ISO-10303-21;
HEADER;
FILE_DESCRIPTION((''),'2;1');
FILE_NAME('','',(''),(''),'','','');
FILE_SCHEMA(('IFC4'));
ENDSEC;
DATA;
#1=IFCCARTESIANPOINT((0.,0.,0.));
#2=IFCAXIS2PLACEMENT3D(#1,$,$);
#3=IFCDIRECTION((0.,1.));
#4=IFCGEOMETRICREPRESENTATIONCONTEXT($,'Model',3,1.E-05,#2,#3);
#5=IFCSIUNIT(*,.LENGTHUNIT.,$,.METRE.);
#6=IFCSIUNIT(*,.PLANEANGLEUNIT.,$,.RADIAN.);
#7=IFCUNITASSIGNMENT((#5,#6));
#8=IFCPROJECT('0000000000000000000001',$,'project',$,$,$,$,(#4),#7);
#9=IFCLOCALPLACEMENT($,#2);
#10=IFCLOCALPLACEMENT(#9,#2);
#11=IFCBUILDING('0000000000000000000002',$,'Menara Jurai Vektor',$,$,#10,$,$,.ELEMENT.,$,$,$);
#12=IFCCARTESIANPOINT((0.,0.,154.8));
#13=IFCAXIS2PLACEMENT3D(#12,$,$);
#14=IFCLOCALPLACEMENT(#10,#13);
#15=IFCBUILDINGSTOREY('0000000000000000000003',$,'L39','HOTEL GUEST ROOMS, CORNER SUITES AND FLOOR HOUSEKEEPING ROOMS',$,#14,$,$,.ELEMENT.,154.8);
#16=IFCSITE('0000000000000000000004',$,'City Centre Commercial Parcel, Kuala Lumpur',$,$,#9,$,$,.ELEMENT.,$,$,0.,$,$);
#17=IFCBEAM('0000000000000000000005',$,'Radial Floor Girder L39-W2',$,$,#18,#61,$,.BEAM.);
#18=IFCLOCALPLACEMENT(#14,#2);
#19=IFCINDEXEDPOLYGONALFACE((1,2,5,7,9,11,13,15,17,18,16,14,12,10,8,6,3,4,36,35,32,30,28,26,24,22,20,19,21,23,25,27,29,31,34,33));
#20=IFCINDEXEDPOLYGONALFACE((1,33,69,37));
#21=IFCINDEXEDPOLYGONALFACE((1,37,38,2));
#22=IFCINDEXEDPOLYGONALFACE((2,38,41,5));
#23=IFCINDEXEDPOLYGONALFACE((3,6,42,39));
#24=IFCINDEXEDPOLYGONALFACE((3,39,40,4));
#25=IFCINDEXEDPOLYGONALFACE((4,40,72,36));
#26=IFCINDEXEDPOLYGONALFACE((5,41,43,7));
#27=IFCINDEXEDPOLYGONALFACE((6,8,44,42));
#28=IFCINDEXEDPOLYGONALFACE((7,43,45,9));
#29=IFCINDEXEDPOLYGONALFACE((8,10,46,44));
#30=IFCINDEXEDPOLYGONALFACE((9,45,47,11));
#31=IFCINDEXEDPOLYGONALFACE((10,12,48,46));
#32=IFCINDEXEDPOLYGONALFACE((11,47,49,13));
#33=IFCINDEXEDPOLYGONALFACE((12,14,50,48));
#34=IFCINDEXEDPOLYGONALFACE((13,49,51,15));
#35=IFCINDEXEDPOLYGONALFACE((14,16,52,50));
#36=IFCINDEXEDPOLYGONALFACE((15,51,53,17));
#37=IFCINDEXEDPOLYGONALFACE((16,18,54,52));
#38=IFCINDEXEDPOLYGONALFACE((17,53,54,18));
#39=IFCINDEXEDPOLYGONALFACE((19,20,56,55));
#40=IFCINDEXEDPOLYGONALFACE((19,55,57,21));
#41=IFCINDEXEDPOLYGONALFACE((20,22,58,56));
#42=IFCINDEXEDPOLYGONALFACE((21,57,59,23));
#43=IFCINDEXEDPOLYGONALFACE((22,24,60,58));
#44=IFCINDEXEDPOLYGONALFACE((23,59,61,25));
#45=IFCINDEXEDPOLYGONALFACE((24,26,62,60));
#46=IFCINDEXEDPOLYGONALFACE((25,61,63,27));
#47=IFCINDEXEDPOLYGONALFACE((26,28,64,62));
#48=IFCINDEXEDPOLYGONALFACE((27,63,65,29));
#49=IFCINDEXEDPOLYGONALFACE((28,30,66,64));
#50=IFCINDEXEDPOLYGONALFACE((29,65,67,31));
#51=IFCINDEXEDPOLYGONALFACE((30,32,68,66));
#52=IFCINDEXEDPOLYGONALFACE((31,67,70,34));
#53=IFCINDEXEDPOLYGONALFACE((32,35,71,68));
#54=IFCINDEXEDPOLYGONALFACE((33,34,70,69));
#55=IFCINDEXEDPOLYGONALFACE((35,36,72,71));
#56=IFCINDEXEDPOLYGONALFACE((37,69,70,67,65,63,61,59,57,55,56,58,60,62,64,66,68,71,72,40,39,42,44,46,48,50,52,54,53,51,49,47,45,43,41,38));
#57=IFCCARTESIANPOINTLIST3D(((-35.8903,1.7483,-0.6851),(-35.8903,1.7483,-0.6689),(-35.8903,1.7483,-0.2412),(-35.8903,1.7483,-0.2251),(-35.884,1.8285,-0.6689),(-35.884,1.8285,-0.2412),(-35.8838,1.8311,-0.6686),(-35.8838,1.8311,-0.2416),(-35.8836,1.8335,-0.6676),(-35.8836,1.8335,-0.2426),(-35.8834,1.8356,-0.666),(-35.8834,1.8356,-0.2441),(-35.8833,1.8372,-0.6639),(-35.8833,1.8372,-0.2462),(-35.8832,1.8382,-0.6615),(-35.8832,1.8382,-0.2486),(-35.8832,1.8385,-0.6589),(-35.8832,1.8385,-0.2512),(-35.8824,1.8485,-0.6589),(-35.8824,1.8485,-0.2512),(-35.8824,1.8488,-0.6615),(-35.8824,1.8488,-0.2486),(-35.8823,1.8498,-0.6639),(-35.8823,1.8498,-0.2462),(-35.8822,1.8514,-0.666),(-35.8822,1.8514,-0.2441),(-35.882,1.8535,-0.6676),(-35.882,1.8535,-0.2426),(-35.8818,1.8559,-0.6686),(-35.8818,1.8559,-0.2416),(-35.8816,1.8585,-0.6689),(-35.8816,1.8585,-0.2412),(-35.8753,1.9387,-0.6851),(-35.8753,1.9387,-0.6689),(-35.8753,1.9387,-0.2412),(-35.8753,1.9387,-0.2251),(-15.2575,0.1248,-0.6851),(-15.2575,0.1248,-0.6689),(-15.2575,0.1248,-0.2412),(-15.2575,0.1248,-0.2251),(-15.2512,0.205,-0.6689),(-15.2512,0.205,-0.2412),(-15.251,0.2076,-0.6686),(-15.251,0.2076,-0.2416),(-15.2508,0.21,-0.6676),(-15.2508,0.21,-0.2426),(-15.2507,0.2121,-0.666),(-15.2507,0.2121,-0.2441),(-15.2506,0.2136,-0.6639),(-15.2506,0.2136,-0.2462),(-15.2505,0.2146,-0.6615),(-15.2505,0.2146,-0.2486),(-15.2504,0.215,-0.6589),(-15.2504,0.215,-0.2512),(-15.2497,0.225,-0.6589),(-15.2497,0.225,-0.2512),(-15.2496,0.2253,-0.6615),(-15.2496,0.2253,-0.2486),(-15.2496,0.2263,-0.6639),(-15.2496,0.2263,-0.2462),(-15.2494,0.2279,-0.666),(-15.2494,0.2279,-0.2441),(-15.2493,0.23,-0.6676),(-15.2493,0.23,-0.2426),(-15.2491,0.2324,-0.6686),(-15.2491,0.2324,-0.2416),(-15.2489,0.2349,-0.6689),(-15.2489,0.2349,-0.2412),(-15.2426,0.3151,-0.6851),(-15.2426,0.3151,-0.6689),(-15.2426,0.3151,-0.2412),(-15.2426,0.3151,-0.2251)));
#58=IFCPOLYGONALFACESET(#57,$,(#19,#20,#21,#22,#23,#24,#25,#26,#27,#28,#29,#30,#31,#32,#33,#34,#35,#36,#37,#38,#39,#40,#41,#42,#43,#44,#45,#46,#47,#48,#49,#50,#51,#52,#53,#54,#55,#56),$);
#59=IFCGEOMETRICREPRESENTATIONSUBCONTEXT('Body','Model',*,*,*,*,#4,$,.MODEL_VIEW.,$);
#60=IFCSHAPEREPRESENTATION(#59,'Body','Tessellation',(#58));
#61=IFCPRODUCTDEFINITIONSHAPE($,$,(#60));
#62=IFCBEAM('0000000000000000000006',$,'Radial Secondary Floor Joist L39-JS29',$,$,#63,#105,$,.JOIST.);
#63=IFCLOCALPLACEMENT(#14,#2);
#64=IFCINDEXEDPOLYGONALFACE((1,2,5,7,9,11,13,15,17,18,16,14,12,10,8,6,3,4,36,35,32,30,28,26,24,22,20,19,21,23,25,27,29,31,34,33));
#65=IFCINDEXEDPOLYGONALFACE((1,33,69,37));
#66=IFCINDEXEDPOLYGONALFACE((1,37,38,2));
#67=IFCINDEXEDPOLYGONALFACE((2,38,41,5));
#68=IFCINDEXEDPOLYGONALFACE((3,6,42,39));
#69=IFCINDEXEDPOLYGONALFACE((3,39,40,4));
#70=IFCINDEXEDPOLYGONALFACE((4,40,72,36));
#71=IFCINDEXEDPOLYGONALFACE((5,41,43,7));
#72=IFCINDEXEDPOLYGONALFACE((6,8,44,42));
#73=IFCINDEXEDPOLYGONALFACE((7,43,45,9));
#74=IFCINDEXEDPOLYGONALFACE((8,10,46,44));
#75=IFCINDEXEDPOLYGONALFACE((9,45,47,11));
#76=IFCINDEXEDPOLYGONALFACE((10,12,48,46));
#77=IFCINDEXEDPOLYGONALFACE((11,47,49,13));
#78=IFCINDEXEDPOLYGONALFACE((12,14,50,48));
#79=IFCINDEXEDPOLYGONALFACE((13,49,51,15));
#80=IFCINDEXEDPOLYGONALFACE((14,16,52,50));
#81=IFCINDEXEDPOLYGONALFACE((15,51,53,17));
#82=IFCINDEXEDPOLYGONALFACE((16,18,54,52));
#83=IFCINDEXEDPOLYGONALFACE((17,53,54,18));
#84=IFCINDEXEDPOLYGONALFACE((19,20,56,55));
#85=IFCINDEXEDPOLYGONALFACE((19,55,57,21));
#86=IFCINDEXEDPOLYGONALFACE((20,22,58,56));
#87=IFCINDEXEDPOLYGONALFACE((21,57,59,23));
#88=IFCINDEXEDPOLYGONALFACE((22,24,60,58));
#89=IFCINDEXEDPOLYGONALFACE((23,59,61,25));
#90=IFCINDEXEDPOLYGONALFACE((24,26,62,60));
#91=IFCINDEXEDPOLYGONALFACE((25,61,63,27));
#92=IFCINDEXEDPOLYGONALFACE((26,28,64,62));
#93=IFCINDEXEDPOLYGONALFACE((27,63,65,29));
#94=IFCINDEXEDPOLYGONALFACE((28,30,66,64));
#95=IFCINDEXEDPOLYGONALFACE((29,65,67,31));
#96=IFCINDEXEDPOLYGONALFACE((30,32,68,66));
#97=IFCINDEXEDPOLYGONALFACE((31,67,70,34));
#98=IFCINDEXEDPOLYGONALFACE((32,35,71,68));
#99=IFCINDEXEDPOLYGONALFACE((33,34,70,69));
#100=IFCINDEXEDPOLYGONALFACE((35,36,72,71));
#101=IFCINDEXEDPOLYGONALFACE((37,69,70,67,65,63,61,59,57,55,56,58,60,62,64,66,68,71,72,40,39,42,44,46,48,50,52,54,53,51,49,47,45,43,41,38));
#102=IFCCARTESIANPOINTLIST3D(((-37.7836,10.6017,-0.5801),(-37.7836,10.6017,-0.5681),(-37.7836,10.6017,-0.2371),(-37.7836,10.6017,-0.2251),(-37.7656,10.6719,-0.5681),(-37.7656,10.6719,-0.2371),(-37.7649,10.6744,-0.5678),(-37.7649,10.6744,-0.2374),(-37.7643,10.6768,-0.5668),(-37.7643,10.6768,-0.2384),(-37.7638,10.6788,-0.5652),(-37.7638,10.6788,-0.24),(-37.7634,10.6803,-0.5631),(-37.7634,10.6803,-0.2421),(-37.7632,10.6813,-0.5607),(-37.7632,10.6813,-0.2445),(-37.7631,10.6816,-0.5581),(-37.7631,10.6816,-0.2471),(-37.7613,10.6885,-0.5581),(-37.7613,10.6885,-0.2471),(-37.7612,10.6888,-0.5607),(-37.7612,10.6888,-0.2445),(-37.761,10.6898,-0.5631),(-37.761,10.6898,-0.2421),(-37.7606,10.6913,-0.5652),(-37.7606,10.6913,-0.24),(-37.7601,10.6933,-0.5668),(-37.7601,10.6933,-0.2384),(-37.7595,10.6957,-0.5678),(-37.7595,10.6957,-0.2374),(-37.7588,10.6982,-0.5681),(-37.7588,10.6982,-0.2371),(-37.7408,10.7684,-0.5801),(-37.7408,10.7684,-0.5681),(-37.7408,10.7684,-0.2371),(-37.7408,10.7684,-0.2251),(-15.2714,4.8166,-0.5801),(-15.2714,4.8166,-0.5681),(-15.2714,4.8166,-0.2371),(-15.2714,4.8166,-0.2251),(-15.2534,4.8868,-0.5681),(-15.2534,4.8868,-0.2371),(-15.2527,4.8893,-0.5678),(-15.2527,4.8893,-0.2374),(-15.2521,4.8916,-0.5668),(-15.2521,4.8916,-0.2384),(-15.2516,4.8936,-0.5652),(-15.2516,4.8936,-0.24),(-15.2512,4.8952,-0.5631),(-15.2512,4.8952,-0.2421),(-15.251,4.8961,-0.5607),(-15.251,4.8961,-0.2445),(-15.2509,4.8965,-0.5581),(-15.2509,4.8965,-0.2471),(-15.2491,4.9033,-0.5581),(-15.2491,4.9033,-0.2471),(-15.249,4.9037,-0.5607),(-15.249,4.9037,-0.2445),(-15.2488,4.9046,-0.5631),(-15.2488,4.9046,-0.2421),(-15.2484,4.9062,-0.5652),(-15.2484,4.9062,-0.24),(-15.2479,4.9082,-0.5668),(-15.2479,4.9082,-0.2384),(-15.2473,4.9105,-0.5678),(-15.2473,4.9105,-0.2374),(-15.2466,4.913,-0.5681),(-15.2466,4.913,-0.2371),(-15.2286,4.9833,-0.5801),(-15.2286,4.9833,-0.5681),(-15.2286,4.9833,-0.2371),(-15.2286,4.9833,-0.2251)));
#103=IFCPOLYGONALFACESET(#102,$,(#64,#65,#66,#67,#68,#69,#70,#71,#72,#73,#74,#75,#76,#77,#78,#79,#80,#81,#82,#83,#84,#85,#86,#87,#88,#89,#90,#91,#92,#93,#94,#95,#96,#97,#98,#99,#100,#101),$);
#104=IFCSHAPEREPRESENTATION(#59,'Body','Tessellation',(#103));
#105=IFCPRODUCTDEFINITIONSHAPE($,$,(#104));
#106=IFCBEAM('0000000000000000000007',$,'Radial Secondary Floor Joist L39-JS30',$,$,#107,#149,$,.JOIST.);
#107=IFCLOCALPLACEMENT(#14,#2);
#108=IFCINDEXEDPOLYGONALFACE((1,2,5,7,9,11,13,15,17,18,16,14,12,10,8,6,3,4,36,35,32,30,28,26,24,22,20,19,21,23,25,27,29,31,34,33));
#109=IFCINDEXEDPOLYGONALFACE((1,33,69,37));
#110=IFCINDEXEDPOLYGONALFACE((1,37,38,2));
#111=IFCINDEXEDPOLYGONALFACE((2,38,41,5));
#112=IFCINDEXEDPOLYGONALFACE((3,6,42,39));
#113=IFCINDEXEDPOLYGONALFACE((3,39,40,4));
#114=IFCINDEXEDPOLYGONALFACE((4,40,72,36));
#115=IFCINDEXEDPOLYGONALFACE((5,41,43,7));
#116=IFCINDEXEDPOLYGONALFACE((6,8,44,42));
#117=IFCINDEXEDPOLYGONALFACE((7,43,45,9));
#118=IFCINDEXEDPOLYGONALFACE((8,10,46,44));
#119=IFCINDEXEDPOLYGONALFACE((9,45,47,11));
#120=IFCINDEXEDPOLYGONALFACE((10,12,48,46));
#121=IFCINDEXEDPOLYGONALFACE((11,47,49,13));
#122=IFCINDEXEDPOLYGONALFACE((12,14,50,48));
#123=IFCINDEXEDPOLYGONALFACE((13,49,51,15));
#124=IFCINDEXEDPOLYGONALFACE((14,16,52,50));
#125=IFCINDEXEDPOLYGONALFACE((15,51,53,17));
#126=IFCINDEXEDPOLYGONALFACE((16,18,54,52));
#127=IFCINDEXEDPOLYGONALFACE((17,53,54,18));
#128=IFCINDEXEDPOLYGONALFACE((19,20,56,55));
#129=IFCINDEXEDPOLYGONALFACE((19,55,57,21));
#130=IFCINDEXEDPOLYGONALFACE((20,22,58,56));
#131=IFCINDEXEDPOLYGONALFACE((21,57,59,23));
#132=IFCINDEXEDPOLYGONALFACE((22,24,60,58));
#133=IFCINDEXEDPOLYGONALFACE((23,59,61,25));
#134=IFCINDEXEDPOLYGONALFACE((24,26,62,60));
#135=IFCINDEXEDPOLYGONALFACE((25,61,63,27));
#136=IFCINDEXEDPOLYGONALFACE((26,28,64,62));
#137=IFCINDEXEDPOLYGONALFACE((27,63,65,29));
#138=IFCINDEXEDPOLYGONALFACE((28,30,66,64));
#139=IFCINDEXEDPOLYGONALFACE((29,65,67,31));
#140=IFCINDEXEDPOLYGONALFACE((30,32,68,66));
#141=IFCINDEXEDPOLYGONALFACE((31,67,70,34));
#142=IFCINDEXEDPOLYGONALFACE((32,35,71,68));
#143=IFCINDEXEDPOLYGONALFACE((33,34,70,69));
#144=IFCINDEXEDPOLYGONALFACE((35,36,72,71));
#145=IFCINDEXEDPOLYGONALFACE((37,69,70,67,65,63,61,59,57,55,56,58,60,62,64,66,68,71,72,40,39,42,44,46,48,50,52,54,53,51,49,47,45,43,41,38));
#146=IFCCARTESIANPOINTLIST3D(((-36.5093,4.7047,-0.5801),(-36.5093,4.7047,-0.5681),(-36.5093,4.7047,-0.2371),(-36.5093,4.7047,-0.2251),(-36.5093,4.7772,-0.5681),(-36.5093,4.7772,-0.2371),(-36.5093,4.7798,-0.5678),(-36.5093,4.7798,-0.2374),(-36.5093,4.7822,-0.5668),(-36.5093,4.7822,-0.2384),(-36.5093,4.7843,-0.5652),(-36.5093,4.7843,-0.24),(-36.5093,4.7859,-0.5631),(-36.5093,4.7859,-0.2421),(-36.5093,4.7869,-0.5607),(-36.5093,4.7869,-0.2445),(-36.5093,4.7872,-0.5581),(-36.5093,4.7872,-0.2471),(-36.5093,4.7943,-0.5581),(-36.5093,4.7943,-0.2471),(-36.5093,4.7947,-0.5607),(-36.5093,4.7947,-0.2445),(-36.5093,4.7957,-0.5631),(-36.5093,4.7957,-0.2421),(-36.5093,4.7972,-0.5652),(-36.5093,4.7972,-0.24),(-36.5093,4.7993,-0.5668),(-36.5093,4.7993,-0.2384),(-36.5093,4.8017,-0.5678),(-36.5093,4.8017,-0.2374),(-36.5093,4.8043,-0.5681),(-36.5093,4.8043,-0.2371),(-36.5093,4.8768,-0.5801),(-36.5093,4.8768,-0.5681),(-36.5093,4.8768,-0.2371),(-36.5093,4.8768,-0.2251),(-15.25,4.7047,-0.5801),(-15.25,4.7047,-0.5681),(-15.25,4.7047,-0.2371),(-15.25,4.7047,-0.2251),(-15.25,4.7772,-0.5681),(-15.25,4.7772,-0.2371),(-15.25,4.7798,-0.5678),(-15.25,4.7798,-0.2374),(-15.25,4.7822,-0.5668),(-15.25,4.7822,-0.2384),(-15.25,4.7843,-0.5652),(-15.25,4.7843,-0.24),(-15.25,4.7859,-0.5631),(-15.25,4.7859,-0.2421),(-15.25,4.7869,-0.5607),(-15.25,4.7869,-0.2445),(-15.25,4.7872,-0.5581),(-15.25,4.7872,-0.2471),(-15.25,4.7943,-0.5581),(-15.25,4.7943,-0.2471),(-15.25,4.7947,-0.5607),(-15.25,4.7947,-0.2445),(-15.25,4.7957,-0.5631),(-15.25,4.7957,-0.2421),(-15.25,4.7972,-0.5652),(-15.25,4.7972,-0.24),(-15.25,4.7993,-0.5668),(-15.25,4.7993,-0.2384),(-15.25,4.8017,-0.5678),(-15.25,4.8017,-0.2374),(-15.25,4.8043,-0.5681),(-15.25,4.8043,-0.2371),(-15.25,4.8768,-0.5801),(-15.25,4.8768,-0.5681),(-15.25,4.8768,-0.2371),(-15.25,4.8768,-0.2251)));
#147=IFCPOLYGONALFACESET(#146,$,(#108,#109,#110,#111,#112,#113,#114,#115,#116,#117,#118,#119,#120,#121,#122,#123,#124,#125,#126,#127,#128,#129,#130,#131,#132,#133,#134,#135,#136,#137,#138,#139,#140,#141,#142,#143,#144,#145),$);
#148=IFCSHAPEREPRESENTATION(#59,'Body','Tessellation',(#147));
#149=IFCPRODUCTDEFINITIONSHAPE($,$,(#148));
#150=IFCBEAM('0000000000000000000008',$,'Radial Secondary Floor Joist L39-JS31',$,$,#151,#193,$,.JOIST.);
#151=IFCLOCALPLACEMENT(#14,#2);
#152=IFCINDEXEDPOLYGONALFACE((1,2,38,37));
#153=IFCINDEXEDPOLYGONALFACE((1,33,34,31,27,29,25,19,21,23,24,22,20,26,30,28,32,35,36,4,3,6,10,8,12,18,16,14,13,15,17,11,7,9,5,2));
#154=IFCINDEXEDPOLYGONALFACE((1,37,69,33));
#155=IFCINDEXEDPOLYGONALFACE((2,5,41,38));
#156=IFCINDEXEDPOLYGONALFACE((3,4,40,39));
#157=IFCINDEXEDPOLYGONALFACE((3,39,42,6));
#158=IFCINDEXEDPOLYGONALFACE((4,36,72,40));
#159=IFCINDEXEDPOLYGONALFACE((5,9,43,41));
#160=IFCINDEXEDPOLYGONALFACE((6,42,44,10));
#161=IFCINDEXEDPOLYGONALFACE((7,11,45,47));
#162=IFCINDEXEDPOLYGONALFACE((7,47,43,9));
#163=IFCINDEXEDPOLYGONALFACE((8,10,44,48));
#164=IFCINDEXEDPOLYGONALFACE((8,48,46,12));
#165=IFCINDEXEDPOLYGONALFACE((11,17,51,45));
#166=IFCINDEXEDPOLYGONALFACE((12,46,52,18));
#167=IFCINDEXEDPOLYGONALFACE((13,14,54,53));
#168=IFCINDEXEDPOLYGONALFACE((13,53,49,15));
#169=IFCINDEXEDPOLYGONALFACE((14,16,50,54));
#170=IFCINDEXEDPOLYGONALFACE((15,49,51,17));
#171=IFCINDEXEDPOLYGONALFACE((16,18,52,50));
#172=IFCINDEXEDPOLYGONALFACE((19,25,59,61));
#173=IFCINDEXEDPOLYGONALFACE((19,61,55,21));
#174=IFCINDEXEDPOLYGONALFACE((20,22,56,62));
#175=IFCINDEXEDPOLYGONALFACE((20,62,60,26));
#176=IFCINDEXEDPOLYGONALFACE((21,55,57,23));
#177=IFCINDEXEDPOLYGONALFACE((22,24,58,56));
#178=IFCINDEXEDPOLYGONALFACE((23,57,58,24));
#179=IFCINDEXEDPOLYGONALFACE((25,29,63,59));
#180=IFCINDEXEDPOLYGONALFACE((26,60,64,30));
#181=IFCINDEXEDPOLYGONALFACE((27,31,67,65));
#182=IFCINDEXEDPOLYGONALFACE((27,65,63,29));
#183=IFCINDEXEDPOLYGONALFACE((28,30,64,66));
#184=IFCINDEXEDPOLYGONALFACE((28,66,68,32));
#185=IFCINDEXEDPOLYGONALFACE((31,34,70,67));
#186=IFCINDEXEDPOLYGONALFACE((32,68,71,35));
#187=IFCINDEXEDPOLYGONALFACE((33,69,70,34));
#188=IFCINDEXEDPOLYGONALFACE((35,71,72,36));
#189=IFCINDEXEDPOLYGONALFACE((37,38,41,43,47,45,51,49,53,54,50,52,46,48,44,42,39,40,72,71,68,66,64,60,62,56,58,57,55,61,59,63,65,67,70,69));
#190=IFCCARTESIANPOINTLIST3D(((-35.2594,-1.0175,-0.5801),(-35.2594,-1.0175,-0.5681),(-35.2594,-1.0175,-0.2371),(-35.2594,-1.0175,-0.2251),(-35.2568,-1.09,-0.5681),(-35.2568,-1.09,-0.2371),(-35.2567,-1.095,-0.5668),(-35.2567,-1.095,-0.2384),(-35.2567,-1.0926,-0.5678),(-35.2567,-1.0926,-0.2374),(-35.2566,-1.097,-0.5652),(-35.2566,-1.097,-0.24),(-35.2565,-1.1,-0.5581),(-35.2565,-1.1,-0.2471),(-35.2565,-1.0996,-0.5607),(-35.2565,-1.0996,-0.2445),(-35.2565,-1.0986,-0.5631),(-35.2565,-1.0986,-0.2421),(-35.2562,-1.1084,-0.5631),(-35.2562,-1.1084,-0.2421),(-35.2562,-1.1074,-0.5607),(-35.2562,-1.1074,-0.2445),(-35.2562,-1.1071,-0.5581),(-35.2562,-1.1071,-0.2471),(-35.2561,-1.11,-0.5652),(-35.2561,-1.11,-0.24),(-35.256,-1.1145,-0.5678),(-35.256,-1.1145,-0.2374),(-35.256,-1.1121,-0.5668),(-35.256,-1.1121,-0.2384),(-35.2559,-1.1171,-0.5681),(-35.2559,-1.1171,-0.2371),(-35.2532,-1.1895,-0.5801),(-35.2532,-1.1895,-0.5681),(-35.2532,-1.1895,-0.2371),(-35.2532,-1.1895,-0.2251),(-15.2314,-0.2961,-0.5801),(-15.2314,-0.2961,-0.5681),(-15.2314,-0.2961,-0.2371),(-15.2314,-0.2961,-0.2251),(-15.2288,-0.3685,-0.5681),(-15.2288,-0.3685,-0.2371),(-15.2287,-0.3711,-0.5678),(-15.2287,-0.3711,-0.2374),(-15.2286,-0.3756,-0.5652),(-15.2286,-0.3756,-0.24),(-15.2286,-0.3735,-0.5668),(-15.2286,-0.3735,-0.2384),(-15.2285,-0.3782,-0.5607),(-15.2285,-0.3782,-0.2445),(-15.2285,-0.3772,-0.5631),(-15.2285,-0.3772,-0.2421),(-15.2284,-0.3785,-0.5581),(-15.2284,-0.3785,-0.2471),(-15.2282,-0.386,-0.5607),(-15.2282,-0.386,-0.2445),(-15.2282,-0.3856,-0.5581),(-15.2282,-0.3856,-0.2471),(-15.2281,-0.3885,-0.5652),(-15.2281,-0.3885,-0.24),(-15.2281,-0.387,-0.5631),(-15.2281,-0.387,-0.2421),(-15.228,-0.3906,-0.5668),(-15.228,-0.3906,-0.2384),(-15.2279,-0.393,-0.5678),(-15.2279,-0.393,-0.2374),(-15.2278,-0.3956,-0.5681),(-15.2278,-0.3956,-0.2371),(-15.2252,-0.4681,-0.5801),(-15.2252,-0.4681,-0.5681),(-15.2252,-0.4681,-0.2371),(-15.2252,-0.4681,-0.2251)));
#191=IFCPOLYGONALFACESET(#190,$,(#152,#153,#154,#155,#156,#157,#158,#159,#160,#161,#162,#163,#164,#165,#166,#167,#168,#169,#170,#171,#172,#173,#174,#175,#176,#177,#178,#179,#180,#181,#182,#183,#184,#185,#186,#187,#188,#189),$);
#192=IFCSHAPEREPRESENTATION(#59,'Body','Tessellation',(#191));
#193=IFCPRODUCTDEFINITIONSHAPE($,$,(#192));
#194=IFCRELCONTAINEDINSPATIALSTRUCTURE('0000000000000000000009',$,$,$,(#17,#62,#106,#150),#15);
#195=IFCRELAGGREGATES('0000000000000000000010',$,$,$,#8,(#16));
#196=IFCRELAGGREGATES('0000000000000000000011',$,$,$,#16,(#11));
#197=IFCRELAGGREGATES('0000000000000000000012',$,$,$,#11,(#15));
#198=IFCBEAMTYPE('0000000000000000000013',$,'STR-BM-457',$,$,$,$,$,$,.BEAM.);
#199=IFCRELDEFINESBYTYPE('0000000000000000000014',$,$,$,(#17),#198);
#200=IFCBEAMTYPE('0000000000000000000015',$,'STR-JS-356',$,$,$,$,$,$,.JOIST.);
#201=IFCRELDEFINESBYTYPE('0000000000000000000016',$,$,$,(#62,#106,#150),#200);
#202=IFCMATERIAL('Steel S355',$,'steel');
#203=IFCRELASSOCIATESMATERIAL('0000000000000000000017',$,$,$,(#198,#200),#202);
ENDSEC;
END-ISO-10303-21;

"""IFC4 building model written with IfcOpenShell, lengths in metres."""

from ifc_helpers import new_model, si_unit, direction, frame, origin, origin_2d, place, context, subcontext, project, spatial, i_section, extrude, material, material_profile, profile_set, type_object, element, save


model = new_model("IFC4")

# Units and contexts
model_context = context("Model", 3, precision=1e-05, world=origin(), true_north=direction((0.0, 1.0)))
body_context = subcontext(model_context, "Body", "Model", "MODEL_VIEW")
ifc_project = project(units=[si_unit("LENGTHUNIT", "METRE"), si_unit("PLANEANGLEUNIT", "RADIAN")], contexts=[model_context])

# Site, building, storey
site_placement = place(None, origin())
site = spatial("IfcSite", under=ifc_project, at=site_placement, Name="City Centre Commercial Parcel, Kuala Lumpur", CompositionType="ELEMENT", RefElevation=0.0)
building_placement = place(site_placement, origin())
building = spatial("IfcBuilding", under=site, at=building_placement, Name="Menara Jurai Vektor", CompositionType="ELEMENT")
storey_placement = place(building_placement, frame((0.0, 0.0, 154.8)))
storey = spatial("IfcBuildingStorey", under=building, at=storey_placement, Name="L39", Description="HOTEL GUEST ROOMS, CORNER SUITES AND FLOOR HOUSEKEEPING ROOMS", CompositionType="ELEMENT", Elevation=154.8)

# Beams
ifc_material_1 = material(Name="Steel S355", Category="steel")
ifc_material_profile_1 = material_profile(ifc_material_1, i_section(OverallWidth=0.1909, OverallDepth=0.46, WebThickness=0.01, FlangeThickness=0.0161, FilletRadius=0.01, at=origin_2d()), Name="UKB 457x191x82")
ifc_profile_set_1 = profile_set([ifc_material_profile_1], Name="Steel S355")
beam_type_1 = type_object("IfcBeamType", Name="STR-BM-457", PredefinedType="BEAM", material=ifc_profile_set_1)
beam_1_placement = place(storey_placement, frame((-35.8828, 1.8435, -0.4551), z_axis=(0.996918, -0.078445, 0.0), x_axis=(0.078445, 0.996918, 0.0)))
element("IfcBeam", 1, at=beam_1_placement, inside=storey, type_object=beam_type_1, Name="Radial Floor Girder L39-W2", PredefinedType="BEAM", context=body_context, shape_type="SweptSolid", body=[
    extrude(i_section(OverallWidth=0.1909, OverallDepth=0.46, WebThickness=0.01, FlangeThickness=0.0161, FilletRadius=0.01, at=origin_2d()), origin(), (0.0, 0.0, 1.0), 20.6965),
])
ifc_material_profile_2 = material_profile(ifc_material_1, i_section(OverallWidth=0.1721, OverallDepth=0.355, WebThickness=0.0071, FlangeThickness=0.012, FilletRadius=0.01, at=origin_2d()), Name="UKB 356x171x51")
ifc_profile_set_2 = profile_set([ifc_material_profile_2], Name="Steel S355")
beam_type_2 = type_object("IfcBeamType", Name="STR-JS-356", PredefinedType="JOIST", material=ifc_profile_set_2)
beam_2_placement = place(storey_placement, frame((-37.7622, 10.6851, -0.4026), z_axis=(0.968531, -0.248892, 0.0), x_axis=(0.248892, 0.968531, 0.0)))
element("IfcBeam", 2, at=beam_2_placement, inside=storey, type_object=beam_type_2, Name="Radial Secondary Floor Joist L39-JS29", PredefinedType="JOIST", context=body_context, shape_type="SweptSolid", body=[
    extrude(i_section(OverallWidth=0.1721, OverallDepth=0.355, WebThickness=0.0071, FlangeThickness=0.012, FilletRadius=0.01, at=origin_2d()), origin(), (0.0, 0.0, 1.0), 23.2437),
])
beam_3_placement = place(storey_placement, frame((-36.5093, 4.7908, -0.4026), z_axis=(1.0, 0.0, 0.0), x_axis=(0.0, 1.0, 0.0)))
element("IfcBeam", 3, at=beam_3_placement, inside=storey, type_object=beam_type_2, Name="Radial Secondary Floor Joist L39-JS30", PredefinedType="JOIST", context=body_context, shape_type="SweptSolid", body=[
    extrude(i_section(OverallWidth=0.1721, OverallDepth=0.355, WebThickness=0.0071, FlangeThickness=0.012, FilletRadius=0.01, at=origin_2d()), origin(), (0.0, 0.0, 1.0), 21.2593),
])
beam_4_placement = place(storey_placement, frame((-35.2563, -1.1035, -0.4026), z_axis=(0.999352, 0.035998, 0.0), x_axis=(-0.035998, 0.999352, 0.0)))
element("IfcBeam", 4, at=beam_4_placement, inside=storey, type_object=beam_type_2, Name="Radial Secondary Floor Joist L39-JS31", PredefinedType="JOIST", context=body_context, shape_type="SweptSolid", body=[
    extrude(i_section(OverallWidth=0.1721, OverallDepth=0.355, WebThickness=0.0071, FlangeThickness=0.012, FilletRadius=0.01, at=origin_2d()), origin(), (0.0, 0.0, 1.0), 20.041),
])

save(model, "model.ifc")
